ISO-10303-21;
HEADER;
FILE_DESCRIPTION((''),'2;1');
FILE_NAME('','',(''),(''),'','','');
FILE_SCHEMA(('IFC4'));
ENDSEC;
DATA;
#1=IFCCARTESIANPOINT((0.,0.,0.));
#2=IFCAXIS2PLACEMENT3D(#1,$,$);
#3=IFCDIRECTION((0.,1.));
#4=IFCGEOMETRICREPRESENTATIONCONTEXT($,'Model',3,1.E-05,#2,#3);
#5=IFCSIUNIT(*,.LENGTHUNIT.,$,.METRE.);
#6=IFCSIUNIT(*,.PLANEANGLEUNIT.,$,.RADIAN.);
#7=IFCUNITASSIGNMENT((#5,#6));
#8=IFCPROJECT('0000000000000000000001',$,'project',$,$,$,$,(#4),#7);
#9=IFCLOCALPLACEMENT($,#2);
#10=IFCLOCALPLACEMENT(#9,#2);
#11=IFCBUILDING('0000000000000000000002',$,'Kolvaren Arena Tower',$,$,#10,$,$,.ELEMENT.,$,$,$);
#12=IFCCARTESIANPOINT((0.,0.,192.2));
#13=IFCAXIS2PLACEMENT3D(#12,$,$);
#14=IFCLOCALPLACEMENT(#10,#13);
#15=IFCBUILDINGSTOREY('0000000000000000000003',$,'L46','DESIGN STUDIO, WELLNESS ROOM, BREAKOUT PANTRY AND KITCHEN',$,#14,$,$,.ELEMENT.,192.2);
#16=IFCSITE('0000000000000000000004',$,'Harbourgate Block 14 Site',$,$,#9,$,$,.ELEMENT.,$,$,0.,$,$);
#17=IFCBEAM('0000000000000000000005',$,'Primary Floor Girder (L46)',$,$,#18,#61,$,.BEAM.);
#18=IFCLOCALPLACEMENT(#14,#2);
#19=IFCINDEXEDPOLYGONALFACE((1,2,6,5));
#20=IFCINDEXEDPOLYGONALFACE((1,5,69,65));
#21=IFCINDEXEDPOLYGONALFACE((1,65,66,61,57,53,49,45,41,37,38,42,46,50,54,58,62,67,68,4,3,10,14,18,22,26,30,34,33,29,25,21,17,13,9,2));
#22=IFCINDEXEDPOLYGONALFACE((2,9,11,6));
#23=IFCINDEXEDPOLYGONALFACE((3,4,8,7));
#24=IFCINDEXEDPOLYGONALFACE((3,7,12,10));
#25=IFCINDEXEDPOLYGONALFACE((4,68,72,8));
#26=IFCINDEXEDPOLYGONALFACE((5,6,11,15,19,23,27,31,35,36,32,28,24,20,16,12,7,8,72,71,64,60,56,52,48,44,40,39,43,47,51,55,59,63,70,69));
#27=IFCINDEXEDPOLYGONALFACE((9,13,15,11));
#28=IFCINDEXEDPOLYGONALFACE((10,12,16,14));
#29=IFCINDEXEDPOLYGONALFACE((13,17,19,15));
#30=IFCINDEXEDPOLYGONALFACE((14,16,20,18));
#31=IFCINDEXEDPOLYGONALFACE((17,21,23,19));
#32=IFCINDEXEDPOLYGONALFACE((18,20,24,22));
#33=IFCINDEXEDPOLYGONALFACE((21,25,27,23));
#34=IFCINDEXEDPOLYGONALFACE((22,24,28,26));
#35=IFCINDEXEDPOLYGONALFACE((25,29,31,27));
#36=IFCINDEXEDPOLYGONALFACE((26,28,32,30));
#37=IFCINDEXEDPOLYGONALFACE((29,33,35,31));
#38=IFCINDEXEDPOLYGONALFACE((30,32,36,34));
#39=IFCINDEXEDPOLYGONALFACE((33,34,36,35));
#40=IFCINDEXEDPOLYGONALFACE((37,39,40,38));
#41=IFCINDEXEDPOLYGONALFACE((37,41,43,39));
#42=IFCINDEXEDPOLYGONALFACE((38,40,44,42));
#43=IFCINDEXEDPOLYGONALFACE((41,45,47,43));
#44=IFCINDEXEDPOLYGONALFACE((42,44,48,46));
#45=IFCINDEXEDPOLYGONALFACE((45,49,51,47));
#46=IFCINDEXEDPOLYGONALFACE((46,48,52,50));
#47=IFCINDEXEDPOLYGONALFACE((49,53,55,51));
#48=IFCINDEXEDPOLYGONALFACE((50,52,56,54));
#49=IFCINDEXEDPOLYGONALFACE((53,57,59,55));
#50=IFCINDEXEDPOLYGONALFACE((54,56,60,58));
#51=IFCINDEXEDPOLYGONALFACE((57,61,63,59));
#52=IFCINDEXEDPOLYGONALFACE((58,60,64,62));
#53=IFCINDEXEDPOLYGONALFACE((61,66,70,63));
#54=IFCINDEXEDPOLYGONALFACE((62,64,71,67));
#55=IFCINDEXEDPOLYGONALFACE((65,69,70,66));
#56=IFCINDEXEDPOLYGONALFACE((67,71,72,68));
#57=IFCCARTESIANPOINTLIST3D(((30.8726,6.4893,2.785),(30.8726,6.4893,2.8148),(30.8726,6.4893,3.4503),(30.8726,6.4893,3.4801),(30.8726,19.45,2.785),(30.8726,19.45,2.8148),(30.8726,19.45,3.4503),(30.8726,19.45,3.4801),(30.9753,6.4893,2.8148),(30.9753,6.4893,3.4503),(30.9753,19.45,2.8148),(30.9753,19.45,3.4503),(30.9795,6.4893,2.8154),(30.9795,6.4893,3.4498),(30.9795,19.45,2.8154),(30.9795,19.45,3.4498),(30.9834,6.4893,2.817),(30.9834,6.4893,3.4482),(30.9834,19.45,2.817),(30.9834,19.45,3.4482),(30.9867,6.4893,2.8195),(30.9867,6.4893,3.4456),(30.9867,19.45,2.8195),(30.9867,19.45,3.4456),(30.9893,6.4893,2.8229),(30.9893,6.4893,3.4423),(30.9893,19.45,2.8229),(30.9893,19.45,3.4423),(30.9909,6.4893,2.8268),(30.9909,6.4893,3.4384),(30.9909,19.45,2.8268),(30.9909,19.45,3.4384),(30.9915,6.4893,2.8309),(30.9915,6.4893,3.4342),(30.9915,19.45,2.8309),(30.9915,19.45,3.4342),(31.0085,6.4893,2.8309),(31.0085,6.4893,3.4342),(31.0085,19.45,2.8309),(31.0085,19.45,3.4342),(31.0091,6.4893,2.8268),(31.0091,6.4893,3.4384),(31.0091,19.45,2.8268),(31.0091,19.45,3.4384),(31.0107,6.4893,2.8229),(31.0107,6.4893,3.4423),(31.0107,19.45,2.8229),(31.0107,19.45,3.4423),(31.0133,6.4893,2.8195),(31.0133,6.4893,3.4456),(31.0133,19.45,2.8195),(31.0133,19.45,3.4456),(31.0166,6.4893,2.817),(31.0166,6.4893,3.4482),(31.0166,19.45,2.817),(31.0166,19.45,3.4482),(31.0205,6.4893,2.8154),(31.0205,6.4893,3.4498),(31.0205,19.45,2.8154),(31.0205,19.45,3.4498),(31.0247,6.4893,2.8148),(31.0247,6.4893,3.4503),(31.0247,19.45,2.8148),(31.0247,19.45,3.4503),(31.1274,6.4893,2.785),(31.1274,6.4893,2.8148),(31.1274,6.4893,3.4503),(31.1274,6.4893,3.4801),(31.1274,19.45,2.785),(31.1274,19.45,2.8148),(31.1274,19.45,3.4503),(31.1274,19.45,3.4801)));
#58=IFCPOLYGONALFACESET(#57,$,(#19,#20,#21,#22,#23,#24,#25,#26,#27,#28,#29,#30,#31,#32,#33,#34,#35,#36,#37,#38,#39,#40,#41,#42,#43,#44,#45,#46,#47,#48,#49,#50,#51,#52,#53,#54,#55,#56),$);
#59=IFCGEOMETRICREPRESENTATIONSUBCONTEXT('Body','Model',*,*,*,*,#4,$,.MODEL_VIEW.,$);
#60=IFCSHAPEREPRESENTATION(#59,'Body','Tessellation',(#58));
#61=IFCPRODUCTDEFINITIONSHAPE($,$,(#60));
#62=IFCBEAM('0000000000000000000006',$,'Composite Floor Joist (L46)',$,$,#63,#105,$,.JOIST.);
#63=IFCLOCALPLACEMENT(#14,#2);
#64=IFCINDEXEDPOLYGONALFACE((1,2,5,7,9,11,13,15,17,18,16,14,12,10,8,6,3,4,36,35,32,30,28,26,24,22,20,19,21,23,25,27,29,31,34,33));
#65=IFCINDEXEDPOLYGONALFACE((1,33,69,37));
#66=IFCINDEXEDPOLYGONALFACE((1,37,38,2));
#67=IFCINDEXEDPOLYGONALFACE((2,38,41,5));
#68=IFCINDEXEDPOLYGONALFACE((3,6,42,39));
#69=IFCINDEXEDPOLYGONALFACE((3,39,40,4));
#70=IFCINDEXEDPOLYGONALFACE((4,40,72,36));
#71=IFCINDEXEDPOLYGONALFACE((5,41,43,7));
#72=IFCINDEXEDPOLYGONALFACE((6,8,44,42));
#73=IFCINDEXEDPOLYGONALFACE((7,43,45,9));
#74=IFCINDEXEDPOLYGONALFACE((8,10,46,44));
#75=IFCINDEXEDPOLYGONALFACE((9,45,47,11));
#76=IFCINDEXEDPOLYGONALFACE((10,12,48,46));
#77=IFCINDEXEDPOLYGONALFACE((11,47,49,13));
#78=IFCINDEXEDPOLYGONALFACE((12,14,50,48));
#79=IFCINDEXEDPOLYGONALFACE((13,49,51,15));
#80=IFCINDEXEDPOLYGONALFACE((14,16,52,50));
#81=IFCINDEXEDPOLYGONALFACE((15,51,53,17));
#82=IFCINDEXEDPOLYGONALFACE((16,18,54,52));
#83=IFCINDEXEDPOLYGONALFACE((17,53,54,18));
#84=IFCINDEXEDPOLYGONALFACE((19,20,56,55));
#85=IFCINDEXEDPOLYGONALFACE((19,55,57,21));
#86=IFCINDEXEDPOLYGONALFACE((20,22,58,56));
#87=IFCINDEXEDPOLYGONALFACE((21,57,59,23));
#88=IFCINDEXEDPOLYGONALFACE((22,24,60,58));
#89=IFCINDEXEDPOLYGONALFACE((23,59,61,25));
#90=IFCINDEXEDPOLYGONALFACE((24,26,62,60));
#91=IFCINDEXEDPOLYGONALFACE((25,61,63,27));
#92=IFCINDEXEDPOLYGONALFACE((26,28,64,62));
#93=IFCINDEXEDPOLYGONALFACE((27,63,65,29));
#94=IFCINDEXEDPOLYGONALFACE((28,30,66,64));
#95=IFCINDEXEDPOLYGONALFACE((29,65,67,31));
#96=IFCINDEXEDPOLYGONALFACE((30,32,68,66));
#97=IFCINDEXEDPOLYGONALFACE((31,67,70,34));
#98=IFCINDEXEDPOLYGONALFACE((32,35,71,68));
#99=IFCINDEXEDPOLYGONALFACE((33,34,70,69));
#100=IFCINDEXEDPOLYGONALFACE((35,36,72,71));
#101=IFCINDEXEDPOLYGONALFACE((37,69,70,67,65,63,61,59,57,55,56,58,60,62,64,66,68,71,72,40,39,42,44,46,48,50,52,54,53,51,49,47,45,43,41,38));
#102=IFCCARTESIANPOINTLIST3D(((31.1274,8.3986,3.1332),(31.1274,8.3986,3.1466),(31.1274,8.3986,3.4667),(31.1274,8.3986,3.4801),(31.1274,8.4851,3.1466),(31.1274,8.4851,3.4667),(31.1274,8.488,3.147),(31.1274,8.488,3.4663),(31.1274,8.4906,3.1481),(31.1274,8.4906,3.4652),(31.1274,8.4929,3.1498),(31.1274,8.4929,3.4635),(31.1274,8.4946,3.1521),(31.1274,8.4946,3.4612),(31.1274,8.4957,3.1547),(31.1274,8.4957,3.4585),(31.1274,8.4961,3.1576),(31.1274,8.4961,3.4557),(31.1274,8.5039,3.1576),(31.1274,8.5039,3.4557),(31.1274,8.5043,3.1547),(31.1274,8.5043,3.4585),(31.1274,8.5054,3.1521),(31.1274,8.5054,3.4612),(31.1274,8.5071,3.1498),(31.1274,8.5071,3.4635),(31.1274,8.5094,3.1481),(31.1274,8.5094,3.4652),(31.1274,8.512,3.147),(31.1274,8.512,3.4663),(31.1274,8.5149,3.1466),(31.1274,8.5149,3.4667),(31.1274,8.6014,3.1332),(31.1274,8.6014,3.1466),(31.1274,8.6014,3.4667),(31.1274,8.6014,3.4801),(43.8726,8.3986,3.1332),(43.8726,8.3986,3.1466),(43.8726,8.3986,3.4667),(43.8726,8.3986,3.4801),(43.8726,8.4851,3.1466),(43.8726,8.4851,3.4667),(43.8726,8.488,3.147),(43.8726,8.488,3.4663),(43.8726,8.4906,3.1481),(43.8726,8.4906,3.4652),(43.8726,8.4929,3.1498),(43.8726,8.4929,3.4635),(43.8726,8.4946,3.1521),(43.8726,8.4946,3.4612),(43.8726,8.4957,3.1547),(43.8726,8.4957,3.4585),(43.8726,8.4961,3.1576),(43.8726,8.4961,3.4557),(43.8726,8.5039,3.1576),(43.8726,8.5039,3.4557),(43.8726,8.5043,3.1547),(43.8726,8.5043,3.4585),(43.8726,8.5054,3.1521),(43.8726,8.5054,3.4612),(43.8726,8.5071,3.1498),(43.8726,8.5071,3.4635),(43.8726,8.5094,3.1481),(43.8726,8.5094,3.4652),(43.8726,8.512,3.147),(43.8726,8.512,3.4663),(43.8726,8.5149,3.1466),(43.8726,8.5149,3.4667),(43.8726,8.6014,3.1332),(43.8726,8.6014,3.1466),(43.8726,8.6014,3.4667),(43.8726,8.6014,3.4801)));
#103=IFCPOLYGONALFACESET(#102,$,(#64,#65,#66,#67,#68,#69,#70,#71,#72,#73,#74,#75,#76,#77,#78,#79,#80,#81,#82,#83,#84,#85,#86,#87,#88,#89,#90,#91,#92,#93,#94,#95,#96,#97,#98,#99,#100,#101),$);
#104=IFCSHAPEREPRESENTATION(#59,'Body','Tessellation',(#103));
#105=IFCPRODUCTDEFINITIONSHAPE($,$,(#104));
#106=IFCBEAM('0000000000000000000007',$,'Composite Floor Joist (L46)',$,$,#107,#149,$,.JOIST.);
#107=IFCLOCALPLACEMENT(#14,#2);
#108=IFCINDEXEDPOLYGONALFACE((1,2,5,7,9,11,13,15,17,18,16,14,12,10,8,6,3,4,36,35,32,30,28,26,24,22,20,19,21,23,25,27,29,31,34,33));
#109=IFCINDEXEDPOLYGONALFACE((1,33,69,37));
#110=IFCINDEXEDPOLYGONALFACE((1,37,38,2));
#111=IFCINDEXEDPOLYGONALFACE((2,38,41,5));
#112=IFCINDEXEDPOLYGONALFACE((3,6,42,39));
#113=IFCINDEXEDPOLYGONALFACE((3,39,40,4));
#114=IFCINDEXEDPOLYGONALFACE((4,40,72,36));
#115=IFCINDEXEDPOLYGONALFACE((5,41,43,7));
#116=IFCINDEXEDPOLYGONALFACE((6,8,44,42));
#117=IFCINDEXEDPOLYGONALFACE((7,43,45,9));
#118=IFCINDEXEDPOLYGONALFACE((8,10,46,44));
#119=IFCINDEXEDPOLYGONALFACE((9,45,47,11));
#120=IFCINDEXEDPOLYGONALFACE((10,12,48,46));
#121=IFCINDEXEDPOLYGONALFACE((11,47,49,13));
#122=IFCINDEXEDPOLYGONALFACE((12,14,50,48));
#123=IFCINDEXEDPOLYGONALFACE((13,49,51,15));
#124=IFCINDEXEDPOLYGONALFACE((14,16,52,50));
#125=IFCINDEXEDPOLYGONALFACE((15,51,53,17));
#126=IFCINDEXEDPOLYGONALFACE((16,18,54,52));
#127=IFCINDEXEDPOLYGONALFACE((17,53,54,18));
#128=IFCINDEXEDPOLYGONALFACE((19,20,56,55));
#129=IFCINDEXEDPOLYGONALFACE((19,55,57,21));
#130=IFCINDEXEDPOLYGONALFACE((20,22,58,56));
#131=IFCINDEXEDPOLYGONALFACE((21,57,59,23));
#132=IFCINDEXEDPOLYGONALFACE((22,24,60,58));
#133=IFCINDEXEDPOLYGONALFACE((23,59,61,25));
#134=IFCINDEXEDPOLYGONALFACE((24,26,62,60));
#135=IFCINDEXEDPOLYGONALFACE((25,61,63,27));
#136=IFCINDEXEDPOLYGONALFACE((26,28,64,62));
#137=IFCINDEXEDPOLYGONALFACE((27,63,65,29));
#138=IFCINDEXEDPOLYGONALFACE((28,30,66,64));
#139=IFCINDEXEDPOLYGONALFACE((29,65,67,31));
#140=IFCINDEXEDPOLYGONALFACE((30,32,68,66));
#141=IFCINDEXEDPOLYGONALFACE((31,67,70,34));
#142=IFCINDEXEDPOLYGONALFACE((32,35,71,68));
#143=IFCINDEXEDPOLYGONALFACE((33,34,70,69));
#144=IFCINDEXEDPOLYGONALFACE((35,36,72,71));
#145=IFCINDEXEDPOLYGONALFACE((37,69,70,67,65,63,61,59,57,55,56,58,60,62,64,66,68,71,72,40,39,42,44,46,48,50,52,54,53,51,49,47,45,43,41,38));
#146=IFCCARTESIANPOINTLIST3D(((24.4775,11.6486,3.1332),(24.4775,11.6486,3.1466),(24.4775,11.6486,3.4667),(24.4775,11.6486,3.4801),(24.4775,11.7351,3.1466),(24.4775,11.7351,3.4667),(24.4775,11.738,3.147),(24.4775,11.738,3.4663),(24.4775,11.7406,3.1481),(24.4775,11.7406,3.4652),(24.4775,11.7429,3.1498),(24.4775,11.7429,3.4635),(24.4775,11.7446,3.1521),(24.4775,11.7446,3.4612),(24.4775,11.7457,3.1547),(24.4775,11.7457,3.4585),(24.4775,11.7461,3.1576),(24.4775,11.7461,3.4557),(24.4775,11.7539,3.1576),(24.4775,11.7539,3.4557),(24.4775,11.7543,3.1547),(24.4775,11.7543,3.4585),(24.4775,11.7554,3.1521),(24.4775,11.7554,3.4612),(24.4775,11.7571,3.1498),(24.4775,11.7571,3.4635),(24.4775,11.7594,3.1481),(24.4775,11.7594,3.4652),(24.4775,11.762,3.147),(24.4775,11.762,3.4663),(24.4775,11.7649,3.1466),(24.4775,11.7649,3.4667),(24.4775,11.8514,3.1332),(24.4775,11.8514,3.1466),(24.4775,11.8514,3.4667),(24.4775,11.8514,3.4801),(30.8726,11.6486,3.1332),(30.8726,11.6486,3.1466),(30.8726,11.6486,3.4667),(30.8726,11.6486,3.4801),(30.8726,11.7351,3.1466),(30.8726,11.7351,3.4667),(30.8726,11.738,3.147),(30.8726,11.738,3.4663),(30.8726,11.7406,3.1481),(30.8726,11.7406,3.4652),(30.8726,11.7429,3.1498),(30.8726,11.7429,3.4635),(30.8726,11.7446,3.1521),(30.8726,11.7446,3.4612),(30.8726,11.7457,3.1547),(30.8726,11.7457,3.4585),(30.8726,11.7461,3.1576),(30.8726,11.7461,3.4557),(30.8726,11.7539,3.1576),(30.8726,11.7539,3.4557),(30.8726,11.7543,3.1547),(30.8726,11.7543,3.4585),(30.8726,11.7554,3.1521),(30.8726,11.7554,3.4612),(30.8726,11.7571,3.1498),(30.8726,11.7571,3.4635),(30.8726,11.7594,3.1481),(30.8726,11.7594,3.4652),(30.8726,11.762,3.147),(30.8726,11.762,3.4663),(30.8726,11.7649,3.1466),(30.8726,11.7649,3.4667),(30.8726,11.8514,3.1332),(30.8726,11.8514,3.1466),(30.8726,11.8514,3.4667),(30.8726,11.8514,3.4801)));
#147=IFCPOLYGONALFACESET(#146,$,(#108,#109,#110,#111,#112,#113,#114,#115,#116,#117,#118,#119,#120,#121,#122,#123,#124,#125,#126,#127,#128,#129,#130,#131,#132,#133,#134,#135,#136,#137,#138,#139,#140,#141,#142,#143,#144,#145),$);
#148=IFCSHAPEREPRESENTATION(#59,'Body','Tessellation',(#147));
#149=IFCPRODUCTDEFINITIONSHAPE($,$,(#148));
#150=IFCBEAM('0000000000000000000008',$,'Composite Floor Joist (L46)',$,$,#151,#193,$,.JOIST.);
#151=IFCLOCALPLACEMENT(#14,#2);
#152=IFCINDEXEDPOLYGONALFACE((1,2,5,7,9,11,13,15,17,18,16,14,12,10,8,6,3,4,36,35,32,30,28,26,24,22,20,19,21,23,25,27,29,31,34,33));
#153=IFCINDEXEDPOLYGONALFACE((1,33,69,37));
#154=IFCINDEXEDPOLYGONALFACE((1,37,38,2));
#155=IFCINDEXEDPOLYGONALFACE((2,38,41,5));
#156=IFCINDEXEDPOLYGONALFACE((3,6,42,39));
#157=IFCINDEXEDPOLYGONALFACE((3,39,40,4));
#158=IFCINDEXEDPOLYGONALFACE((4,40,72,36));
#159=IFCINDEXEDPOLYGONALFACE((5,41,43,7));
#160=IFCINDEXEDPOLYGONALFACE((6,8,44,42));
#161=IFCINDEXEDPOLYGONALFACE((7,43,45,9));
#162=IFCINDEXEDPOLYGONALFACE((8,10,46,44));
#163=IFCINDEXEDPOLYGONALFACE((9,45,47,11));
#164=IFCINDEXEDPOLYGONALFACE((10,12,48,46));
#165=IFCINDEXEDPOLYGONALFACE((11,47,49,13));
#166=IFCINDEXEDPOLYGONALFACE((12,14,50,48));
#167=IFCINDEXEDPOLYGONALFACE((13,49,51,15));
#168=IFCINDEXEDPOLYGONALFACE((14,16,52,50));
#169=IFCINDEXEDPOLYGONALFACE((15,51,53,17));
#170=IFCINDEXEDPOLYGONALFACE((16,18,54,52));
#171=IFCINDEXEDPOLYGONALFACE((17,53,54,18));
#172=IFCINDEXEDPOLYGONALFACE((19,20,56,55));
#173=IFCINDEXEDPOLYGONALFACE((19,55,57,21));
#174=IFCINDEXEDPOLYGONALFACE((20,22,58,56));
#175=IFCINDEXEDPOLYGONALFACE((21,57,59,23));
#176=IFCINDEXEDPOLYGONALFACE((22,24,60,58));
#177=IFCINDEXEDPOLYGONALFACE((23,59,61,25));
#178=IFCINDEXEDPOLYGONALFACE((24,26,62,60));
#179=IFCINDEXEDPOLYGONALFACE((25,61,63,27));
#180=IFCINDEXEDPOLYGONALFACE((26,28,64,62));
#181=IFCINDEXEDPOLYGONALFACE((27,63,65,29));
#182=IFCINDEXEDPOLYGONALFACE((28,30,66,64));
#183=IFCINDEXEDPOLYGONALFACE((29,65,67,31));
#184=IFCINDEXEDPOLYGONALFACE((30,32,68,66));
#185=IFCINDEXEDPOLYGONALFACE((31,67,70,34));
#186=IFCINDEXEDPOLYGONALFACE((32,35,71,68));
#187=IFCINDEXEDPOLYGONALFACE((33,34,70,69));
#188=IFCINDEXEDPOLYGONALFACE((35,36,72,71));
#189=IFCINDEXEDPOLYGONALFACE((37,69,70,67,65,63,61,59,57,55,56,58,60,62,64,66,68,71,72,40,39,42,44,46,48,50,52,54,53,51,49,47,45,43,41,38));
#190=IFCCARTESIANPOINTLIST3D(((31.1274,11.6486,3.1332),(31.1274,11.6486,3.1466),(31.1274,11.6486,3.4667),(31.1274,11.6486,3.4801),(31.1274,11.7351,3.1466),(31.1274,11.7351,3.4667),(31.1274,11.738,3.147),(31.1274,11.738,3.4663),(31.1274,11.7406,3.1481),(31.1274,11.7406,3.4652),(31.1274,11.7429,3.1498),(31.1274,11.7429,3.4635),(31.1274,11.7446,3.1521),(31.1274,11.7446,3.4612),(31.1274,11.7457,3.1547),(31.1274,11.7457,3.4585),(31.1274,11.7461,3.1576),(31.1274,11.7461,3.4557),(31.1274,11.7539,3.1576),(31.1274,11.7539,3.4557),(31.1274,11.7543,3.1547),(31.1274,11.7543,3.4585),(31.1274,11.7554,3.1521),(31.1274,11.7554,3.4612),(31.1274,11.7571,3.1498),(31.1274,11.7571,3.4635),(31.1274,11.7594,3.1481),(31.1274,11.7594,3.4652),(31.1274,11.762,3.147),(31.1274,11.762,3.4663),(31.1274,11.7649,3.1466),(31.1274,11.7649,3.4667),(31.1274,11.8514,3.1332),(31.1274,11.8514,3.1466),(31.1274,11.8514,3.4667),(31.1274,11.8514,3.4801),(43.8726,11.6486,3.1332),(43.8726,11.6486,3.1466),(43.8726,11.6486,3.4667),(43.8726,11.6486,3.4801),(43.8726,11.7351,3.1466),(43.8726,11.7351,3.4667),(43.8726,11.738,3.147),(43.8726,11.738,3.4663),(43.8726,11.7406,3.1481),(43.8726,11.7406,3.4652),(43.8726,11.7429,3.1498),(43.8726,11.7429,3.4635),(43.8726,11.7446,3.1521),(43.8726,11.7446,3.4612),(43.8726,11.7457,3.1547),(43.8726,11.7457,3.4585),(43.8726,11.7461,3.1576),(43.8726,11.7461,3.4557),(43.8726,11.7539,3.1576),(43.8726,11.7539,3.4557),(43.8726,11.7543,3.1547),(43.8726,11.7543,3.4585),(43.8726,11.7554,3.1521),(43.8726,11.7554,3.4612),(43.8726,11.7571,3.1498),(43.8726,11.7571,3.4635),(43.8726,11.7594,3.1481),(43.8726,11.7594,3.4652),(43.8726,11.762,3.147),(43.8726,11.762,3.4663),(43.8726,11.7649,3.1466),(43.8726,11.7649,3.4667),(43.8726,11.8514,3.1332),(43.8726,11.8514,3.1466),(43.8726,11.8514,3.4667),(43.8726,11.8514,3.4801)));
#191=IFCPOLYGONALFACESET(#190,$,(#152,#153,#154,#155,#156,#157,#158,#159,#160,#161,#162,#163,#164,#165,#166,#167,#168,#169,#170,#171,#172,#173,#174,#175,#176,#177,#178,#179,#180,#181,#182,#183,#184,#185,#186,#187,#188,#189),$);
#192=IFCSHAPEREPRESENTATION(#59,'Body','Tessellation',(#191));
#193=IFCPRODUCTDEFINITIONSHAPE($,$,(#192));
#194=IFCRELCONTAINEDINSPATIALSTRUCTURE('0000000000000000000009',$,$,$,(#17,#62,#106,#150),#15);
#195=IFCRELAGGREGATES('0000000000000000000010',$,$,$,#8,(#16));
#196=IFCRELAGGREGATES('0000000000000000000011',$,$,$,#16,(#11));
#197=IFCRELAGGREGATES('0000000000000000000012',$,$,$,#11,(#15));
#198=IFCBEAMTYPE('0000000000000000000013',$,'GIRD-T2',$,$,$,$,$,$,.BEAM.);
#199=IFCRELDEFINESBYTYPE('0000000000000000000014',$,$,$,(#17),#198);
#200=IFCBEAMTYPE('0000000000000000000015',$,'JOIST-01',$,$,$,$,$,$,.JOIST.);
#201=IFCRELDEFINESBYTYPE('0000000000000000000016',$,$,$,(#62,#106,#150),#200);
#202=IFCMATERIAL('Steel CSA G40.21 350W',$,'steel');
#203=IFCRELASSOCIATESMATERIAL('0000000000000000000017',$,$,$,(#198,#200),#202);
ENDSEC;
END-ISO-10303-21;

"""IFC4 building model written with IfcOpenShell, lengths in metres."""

from ifc_helpers import new_model, si_unit, direction, frame, origin, origin_2d, place, context, subcontext, project, spatial, i_section, extrude, material, material_profile, profile_set, type_object, element, save


model = new_model("IFC4")

# Units and contexts
model_context = context("Model", 3, precision=1e-05, world=origin(), true_north=direction((0.0, 1.0)))
body_context = subcontext(model_context, "Body", "Model", "MODEL_VIEW")
ifc_project = project(units=[si_unit("LENGTHUNIT", "METRE"), si_unit("PLANEANGLEUNIT", "RADIAN")], contexts=[model_context])

# Site, building, storey
site_placement = place(None, origin())
site = spatial("IfcSite", under=ifc_project, at=site_placement, Name="Harbourgate Block 14 Site", CompositionType="ELEMENT", RefElevation=0.0)
building_placement = place(site_placement, origin())
building = spatial("IfcBuilding", under=site, at=building_placement, Name="Kolvaren Arena Tower", CompositionType="ELEMENT")
storey_placement = place(building_placement, frame((0.0, 0.0, 192.2)))
storey = spatial("IfcBuildingStorey", under=building, at=storey_placement, Name="L46", Description="DESIGN STUDIO, WELLNESS ROOM, BREAKOUT PANTRY AND KITCHEN", CompositionType="ELEMENT", Elevation=192.2)

# Beams
ifc_material_1 = material(Name="Steel CSA G40.21 350W", Category="steel")
ifc_material_profile_1 = material_profile(ifc_material_1, i_section(OverallWidth=0.2549, OverallDepth=0.6951, WebThickness=0.0171, FlangeThickness=0.0298, FilletRadius=0.0161, at=origin_2d()), Name="W690x217")
ifc_profile_set_1 = profile_set([ifc_material_profile_1], Name="Steel CSA G40.21 350W")
beam_type_1 = type_object("IfcBeamType", Name="GIRD-T2", PredefinedType="BEAM", material=ifc_profile_set_1)
beam_1_placement = place(storey_placement, frame((31.0, 6.4893, 3.1326), z_axis=(0.0, 1.0, 0.0), x_axis=(-1.0, 0.0, 0.0)))
element("IfcBeam", 1, at=beam_1_placement, inside=storey, type_object=beam_type_1, Name="Primary Floor Girder (L46)", PredefinedType="BEAM", context=body_context, shape_type="SweptSolid", body=[
    extrude(i_section(OverallWidth=0.2549, OverallDepth=0.6951, WebThickness=0.0171, FlangeThickness=0.0298, FilletRadius=0.0161, at=origin_2d()), origin(), (0.0, 0.0, 1.0), 12.9607),
])
ifc_material_profile_2 = material_profile(ifc_material_1, i_section(OverallWidth=0.2029, OverallDepth=0.3469, WebThickness=0.0078, FlangeThickness=0.0134, FilletRadius=0.011, at=origin_2d()), Name="W360x64")
ifc_profile_set_2 = profile_set([ifc_material_profile_2], Name="Steel CSA G40.21 350W")
beam_type_2 = type_object("IfcBeamType", Name="JOIST-01", PredefinedType="JOIST", material=ifc_profile_set_2)
beam_2_placement = place(storey_placement, frame((31.1274, 8.5, 3.3066), z_axis=(1.0, 0.0, 0.0), x_axis=(0.0, 1.0, 0.0)))
element("IfcBeam", 2, at=beam_2_placement, inside=storey, type_object=beam_type_2, Name="Composite Floor Joist (L46)", PredefinedType="JOIST", context=body_context, shape_type="SweptSolid", body=[
    extrude(i_section(OverallWidth=0.2029, OverallDepth=0.3469, WebThickness=0.0078, FlangeThickness=0.0134, FilletRadius=0.011, at=origin_2d()), origin(), (0.0, 0.0, 1.0), 12.7451),
])
beam_3_placement = place(storey_placement, frame((24.4775, 11.75, 3.3066), z_axis=(1.0, 0.0, 0.0), x_axis=(0.0, 1.0, 0.0)))
element("IfcBeam", 3, at=beam_3_placement, inside=storey, type_object=beam_type_2, Name="Composite Floor Joist (L46)", PredefinedType="JOIST", context=body_context, shape_type="SweptSolid", body=[
    extrude(i_section(OverallWidth=0.2029, OverallDepth=0.3469, WebThickness=0.0078, FlangeThickness=0.0134, FilletRadius=0.011, at=origin_2d()), origin(), (0.0, 0.0, 1.0), 6.395),
])
beam_4_placement = place(storey_placement, frame((31.1274, 11.75, 3.3066), z_axis=(1.0, 0.0, 0.0), x_axis=(0.0, 1.0, 0.0)))
element("IfcBeam", 4, at=beam_4_placement, inside=storey, type_object=beam_type_2, Name="Composite Floor Joist (L46)", PredefinedType="JOIST", context=body_context, shape_type="SweptSolid", body=[
    extrude(i_section(OverallWidth=0.2029, OverallDepth=0.3469, WebThickness=0.0078, FlangeThickness=0.0134, FilletRadius=0.011, at=origin_2d()), origin(), (0.0, 0.0, 1.0), 12.7451),
])

save(model, "model.ifc")
